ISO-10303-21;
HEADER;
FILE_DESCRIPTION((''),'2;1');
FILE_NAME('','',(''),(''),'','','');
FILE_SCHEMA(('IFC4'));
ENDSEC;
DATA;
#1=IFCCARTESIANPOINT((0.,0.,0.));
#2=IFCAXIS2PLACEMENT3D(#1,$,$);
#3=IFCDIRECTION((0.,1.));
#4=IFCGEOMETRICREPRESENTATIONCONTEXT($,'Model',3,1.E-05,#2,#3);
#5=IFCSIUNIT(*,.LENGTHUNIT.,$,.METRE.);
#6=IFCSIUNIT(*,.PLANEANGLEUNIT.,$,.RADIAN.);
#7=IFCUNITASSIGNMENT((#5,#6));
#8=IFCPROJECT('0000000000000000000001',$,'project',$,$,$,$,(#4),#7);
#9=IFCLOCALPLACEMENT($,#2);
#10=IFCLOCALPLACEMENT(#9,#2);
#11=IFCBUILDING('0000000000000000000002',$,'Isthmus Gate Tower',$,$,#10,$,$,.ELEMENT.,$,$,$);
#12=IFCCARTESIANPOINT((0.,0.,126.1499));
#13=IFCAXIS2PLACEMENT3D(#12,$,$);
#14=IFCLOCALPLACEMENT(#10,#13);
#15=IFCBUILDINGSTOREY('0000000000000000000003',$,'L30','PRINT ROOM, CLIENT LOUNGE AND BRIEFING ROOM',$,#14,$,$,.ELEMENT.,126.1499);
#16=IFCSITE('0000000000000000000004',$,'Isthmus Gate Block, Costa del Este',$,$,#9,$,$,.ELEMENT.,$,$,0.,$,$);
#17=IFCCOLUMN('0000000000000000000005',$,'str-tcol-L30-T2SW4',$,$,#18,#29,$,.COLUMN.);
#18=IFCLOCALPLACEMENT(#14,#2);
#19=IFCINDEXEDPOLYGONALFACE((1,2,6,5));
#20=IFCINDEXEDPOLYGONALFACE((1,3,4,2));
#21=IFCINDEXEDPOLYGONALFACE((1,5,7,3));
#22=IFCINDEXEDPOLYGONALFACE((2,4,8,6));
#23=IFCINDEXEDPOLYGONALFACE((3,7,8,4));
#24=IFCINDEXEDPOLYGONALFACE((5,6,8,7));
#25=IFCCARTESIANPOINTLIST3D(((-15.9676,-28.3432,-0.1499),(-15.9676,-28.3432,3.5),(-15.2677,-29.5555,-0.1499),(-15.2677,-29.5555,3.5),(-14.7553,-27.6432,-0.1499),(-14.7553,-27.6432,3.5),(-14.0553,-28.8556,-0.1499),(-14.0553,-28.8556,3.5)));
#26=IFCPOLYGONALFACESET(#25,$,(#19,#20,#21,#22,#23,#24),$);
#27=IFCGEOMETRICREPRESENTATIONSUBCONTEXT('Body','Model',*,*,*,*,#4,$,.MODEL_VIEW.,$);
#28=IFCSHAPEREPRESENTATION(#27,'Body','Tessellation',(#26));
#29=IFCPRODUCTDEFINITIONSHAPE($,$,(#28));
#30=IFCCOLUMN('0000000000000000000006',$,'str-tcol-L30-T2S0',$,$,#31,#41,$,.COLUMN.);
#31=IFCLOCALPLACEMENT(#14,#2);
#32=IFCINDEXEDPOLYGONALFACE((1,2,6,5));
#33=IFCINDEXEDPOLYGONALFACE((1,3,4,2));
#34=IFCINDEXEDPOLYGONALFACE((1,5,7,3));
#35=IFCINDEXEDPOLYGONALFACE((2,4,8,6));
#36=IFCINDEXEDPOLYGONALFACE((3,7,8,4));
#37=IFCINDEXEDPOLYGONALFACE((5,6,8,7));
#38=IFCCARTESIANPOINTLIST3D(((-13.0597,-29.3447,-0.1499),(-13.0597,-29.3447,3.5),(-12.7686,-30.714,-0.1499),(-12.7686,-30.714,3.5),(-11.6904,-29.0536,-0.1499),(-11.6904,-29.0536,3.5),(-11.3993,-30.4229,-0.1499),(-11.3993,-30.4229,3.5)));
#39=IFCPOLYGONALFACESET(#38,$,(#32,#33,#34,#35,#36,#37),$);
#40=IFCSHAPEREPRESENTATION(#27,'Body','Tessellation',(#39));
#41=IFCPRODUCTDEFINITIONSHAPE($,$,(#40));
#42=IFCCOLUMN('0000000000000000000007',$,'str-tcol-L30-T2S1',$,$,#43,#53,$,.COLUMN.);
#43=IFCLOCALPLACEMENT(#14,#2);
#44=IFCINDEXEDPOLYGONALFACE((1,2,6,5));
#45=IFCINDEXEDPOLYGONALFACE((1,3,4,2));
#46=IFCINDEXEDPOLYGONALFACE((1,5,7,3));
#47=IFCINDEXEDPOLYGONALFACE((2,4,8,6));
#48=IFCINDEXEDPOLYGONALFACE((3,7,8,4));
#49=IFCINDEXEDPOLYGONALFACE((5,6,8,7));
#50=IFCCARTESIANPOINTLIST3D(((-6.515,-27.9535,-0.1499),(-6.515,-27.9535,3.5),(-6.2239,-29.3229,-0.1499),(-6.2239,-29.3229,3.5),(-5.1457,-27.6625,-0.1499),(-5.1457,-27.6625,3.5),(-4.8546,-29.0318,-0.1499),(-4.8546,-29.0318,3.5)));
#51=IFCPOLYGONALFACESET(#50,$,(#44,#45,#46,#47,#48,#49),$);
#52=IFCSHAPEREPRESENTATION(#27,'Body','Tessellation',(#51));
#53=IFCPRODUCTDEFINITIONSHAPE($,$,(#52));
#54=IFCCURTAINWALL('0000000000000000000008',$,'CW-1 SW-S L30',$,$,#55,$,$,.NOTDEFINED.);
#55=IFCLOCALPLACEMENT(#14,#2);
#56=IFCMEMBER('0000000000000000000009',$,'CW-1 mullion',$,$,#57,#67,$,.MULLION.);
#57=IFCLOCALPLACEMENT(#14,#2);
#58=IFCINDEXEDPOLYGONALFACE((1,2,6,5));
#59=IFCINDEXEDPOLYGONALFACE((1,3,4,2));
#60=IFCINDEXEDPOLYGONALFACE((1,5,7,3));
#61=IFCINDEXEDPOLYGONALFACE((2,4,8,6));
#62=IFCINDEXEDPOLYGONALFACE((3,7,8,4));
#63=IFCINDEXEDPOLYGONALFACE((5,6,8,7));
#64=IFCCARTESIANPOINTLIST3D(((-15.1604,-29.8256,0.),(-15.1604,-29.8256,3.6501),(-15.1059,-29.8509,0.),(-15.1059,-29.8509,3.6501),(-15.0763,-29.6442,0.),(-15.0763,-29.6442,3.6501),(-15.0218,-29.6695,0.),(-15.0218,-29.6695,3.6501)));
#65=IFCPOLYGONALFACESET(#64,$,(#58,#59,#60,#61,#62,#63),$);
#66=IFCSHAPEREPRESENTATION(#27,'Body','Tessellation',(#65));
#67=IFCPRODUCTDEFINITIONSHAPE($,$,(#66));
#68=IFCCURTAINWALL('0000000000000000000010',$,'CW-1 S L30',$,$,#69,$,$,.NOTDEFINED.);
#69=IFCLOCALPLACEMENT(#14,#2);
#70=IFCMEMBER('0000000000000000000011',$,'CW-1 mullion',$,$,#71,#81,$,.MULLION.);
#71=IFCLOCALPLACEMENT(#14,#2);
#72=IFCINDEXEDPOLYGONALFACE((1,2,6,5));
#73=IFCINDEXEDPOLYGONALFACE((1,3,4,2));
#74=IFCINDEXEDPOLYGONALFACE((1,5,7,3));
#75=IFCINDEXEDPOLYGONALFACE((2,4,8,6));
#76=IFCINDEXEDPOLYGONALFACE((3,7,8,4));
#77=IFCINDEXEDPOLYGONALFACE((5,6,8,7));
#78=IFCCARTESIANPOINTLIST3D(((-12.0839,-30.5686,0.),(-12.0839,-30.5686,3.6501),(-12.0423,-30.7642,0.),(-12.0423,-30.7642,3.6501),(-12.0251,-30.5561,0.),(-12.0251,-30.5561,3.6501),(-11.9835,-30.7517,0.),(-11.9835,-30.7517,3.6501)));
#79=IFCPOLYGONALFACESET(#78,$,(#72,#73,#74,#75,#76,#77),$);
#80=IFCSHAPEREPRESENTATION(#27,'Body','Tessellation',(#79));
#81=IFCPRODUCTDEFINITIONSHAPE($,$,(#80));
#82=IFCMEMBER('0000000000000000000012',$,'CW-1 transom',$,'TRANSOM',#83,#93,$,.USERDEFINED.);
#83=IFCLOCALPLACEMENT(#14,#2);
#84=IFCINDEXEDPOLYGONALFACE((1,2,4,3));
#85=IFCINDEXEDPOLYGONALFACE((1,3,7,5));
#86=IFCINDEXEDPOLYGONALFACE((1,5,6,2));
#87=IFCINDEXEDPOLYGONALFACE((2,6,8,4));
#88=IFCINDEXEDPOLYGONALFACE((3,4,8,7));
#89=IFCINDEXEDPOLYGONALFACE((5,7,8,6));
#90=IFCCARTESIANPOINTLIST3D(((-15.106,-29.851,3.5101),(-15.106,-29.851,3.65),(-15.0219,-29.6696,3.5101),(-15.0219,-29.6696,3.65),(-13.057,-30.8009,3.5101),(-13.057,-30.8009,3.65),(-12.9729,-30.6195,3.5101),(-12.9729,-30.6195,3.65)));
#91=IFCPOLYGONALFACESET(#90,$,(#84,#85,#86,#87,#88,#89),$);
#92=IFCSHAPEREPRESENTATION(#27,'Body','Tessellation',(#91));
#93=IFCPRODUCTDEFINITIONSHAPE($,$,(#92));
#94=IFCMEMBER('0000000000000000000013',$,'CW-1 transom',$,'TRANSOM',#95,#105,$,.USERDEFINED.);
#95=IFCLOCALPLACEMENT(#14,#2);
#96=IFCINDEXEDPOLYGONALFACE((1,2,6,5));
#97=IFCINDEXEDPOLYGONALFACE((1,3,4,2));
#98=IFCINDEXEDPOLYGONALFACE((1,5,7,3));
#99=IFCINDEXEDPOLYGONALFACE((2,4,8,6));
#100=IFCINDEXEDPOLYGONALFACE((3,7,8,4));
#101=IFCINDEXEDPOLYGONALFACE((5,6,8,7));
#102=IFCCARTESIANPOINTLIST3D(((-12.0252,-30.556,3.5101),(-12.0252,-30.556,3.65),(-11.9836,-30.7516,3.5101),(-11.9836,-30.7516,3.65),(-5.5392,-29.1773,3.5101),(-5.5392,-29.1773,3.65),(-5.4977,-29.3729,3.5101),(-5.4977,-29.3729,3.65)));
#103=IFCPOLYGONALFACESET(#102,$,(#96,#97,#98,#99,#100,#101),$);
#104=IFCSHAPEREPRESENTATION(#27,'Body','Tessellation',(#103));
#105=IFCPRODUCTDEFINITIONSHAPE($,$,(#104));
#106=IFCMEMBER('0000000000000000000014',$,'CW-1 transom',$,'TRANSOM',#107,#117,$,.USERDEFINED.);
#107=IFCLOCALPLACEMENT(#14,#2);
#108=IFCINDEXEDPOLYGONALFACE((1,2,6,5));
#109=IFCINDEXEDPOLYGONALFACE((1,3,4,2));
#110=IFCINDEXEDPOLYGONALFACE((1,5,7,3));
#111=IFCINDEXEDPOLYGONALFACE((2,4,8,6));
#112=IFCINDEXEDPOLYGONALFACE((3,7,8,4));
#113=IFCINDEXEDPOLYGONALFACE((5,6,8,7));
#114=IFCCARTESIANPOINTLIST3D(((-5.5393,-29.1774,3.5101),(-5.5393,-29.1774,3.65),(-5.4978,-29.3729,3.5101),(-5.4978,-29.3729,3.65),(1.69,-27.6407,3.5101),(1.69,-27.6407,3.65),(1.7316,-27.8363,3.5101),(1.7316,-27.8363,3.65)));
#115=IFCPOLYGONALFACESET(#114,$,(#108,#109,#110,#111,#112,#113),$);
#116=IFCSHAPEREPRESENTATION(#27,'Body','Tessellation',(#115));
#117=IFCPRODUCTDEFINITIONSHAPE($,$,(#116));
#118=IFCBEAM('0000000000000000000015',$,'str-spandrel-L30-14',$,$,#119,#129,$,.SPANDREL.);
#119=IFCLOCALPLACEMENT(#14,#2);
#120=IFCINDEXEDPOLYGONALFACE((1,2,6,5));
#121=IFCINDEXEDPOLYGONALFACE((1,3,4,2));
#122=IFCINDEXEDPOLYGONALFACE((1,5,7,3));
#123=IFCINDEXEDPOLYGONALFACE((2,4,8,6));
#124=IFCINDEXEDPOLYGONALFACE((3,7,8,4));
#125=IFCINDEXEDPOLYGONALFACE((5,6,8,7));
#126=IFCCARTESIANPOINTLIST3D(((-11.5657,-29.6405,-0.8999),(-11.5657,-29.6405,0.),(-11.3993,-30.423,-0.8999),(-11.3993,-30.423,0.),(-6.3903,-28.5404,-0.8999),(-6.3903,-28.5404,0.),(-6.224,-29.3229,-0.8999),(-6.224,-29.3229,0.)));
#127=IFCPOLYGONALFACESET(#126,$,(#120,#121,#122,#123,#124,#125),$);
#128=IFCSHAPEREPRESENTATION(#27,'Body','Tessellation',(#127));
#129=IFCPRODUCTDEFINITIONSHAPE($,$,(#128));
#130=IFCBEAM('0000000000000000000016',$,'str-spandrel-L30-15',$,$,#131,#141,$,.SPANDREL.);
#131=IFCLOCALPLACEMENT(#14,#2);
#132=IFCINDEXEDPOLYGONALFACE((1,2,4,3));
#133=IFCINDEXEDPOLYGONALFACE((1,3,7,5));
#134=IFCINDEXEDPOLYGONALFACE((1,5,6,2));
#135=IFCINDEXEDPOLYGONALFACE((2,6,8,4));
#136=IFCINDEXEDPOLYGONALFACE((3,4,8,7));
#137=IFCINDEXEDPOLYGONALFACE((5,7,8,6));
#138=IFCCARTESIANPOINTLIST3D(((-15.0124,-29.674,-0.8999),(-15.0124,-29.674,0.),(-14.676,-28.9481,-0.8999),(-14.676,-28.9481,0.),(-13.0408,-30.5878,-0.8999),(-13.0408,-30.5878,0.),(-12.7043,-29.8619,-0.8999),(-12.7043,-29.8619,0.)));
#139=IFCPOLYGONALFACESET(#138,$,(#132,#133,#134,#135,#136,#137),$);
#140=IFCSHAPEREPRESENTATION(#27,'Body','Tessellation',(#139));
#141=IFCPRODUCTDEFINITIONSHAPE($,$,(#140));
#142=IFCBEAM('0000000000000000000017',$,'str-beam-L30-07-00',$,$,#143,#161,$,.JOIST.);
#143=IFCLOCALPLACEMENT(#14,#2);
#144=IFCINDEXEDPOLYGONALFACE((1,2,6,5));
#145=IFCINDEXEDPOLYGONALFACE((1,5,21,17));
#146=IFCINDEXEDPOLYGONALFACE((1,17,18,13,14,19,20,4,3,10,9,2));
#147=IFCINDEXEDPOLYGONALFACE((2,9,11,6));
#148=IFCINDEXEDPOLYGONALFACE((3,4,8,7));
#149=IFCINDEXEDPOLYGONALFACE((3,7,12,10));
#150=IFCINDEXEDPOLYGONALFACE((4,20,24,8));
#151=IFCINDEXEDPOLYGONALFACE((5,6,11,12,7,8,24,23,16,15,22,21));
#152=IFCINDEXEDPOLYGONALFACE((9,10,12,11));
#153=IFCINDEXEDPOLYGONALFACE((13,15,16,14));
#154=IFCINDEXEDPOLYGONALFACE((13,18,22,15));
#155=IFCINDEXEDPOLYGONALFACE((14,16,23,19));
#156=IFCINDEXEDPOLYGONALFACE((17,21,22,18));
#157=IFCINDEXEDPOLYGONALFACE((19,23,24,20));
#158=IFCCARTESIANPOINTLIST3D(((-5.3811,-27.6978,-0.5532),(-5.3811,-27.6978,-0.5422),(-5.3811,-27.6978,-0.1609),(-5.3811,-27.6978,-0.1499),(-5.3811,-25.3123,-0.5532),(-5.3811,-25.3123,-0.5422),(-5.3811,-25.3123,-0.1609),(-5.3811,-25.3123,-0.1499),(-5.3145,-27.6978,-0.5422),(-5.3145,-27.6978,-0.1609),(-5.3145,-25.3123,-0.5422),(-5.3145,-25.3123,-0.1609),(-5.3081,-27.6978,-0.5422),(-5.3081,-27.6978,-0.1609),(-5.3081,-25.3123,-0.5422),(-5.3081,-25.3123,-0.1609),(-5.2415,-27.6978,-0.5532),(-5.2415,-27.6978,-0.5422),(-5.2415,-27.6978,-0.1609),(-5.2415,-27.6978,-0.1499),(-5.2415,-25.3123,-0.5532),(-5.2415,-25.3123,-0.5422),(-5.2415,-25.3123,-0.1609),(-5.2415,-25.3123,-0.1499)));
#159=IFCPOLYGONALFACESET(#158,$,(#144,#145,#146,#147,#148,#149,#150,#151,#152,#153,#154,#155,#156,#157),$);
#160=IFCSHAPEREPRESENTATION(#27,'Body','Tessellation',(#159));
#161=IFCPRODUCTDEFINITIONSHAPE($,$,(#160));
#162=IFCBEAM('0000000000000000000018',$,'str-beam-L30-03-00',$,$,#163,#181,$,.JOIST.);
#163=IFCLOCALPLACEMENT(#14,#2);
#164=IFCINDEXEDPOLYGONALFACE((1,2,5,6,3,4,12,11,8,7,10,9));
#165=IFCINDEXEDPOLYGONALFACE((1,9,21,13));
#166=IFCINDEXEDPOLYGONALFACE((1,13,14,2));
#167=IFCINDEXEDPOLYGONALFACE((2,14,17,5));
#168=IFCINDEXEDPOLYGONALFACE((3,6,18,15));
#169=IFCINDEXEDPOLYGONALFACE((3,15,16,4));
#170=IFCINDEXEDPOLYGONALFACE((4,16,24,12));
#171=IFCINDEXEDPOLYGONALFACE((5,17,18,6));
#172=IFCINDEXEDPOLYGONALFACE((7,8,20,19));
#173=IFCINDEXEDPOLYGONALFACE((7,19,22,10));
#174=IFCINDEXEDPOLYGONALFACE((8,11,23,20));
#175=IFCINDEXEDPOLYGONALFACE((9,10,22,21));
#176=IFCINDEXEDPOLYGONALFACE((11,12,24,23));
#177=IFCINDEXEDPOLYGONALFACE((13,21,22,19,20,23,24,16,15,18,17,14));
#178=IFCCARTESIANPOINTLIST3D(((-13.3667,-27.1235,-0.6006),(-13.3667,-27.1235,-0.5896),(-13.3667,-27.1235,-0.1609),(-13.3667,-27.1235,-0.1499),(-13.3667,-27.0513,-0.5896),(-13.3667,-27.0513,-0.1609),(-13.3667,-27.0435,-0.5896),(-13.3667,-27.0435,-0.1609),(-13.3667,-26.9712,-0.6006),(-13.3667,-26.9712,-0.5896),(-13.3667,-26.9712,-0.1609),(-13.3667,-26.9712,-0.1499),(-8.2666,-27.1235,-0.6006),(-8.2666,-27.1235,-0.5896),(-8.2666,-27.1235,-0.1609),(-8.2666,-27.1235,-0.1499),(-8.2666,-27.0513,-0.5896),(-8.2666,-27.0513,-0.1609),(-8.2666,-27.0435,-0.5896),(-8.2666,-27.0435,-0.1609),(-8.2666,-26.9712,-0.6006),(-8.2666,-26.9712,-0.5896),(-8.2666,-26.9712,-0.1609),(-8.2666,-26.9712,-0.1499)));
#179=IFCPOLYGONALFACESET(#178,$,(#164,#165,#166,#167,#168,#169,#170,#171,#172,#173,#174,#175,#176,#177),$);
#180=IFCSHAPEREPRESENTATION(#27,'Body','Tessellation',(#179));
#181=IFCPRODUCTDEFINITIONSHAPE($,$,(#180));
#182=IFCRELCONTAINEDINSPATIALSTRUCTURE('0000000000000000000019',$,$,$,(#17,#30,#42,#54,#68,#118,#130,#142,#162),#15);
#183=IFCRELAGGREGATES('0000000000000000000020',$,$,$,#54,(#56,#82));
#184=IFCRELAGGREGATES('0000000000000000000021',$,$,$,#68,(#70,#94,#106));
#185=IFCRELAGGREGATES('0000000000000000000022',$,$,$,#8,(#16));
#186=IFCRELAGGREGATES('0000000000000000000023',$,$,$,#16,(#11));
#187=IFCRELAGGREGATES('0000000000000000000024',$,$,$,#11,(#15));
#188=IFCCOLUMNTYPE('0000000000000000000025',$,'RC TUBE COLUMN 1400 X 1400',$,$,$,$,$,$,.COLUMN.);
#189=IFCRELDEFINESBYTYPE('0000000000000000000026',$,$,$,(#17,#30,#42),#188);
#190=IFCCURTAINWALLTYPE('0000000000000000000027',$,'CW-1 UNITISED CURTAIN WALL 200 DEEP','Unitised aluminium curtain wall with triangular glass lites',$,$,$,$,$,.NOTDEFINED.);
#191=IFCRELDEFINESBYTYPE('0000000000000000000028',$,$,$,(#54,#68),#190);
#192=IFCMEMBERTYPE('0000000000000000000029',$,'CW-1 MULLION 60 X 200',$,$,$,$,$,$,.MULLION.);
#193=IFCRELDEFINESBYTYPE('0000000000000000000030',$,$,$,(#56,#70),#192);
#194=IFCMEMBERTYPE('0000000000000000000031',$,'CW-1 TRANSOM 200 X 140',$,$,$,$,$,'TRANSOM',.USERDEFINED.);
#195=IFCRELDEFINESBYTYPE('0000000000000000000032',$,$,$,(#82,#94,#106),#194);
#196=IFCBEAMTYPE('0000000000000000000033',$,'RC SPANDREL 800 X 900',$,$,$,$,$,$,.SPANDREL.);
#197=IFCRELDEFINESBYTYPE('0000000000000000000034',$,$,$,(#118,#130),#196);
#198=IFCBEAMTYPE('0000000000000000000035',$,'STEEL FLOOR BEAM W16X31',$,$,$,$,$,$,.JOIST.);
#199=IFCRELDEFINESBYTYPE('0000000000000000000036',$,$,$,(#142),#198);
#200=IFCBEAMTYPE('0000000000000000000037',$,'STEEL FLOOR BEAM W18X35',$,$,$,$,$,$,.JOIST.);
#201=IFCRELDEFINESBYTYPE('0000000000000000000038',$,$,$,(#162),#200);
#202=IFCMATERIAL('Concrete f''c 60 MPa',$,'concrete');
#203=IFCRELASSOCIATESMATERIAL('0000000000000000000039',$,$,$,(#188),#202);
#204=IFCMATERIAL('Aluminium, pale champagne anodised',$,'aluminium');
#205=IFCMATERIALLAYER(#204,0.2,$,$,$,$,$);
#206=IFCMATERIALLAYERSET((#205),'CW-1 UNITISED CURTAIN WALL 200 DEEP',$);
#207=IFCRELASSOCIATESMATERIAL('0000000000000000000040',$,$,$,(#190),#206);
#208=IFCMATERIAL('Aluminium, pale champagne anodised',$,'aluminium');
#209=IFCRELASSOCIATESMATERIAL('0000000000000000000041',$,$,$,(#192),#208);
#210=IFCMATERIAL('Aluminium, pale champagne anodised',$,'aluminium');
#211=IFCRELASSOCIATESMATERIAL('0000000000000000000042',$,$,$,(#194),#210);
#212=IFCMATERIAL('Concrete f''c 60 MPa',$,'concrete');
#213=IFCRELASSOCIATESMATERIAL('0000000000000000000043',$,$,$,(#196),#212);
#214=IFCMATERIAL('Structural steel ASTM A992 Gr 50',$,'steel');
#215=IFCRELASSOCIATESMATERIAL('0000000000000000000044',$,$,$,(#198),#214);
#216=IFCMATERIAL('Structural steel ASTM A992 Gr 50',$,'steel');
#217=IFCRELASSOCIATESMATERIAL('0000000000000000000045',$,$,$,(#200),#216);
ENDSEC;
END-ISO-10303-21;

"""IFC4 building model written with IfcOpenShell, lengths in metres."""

from ifc_helpers import new_model, si_unit, direction, frame, origin, origin_2d, place, context, subcontext, project, spatial, rectangle, i_section, extrude, material, layer, layer_set, material_profile, profile_set, type_object, element, aggregate, save


model = new_model("IFC4")

# Units and contexts
model_context = context("Model", 3, precision=1e-05, world=origin(), true_north=direction((0.0, 1.0)))
body_context = subcontext(model_context, "Body", "Model", "MODEL_VIEW")
ifc_project = project(units=[si_unit("LENGTHUNIT", "METRE"), si_unit("PLANEANGLEUNIT", "RADIAN")], contexts=[model_context])

# Site, building, storey
site_placement = place(None, origin())
site = spatial("IfcSite", under=ifc_project, at=site_placement, Name="Isthmus Gate Block, Costa del Este", CompositionType="ELEMENT", RefElevation=0.0)
building_placement = place(site_placement, origin())
building = spatial("IfcBuilding", under=site, at=building_placement, Name="Isthmus Gate Tower", CompositionType="ELEMENT")
storey_placement = place(building_placement, frame((0.0, 0.0, 126.1499)))
storey = spatial("IfcBuildingStorey", under=building, at=storey_placement, Name="L30", Description="PRINT ROOM, CLIENT LOUNGE AND BRIEFING ROOM", CompositionType="ELEMENT", Elevation=126.1499)

# Columns
ifc_material_1 = material(Name="Concrete f'c 60 MPa", Category="concrete")
ifc_material_profile_1 = material_profile(ifc_material_1, rectangle(XDim=1.3999, YDim=1.3999, at=origin_2d()), Name="RC 1400X1400")
ifc_profile_set_1 = profile_set([ifc_material_profile_1], Name="Concrete f'c 60 MPa")
column_type = type_object("IfcColumnType", Name="RC TUBE COLUMN 1400 X 1400", PredefinedType="COLUMN", material=ifc_profile_set_1)
for number, where, z_axis, x_axis, name in (
    (1, (-15.0115, -28.5994, -0.1499), (0.0, 0.0, 1.0), (0.5, -0.866025, 0.0), "str-tcol-L30-T2SW4"),
    (2, (-12.2295, -29.8838, -0.1499), (0.0, 0.0, 1.0), (0.978148, 0.207912, 0.0), "str-tcol-L30-T2S0"),
    (3, (-5.6848, -28.4927, -0.1499), (0.0, 0.0, 1.0), (0.978148, 0.207912, 0.0), "str-tcol-L30-T2S1"),
):
    element("IfcColumn", number, at=place(storey_placement, frame(where, z_axis=z_axis, x_axis=x_axis)), inside=storey, type_object=column_type, Name=name, PredefinedType="COLUMN", context=body_context, shape_type="SweptSolid", body=[
        extrude(rectangle(XDim=1.3999, YDim=1.3999, at=origin_2d()), origin(), (0.0, 0.0, 1.0), 3.6499),
    ])

# Curtain walls, members
ifc_material_2 = material(Name="Aluminium, pale champagne anodised", Category="aluminium")
ifc_layer_1 = layer(ifc_material_2, 0.2)
ifc_layer_set_1 = layer_set([ifc_layer_1], Name="CW-1 UNITISED CURTAIN WALL 200 DEEP")
curtain_wall_type = type_object("IfcCurtainWallType", Name="CW-1 UNITISED CURTAIN WALL 200 DEEP", Description="Unitised aluminium curtain wall with triangular glass lites", PredefinedType="NOTDEFINED", material=ifc_layer_set_1)
curtain_wall_1_placement = place(storey_placement, origin())
curtain_wall_1 = element("IfcCurtainWall", 4, at=curtain_wall_1_placement, inside=storey, type_object=curtain_wall_type, Name="CW-1 SW-S L30", PredefinedType="NOTDEFINED")
ifc_material_3 = material(Name="Aluminium, pale champagne anodised", Category="aluminium")
ifc_material_profile_2 = material_profile(ifc_material_3, rectangle(XDim=0.0601, YDim=0.2, at=origin_2d()), Name="60x200")
ifc_profile_set_2 = profile_set([ifc_material_profile_2], Name="Aluminium, pale champagne anodised")
member_type_1 = type_object("IfcMemberType", Name="CW-1 MULLION 60 X 200", PredefinedType="MULLION", material=ifc_profile_set_2)
member_1_placement = place(storey_placement, frame((-15.0911, -29.7476, 0.0), z_axis=(0.0, 0.0, 1.0), x_axis=(0.907256, -0.420578, 0.0)))
member_1 = element("IfcMember", 5, at=member_1_placement, type_object=member_type_1, Name="CW-1 mullion", PredefinedType="MULLION", context=body_context, shape_type="SweptSolid", body=[
    extrude(rectangle(XDim=0.0601, YDim=0.2, at=origin_2d()), origin(), (0.0, 0.0, 1.0), 3.6501),
])
curtain_wall_2_placement = place(storey_placement, origin())
curtain_wall_2 = element("IfcCurtainWall", 6, at=curtain_wall_2_placement, inside=storey, type_object=curtain_wall_type, Name="CW-1 S L30", PredefinedType="NOTDEFINED")
member_2_placement = place(storey_placement, frame((-12.0337, -30.6602, 0.0), z_axis=(0.0, 0.0, 1.0), x_axis=(0.978148, 0.207912, 0.0)))
member_2 = element("IfcMember", 7, at=member_2_placement, type_object=member_type_1, Name="CW-1 mullion", PredefinedType="MULLION", context=body_context, shape_type="SweptSolid", body=[
    extrude(rectangle(XDim=0.0601, YDim=0.2, at=origin_2d()), origin(), (0.0, 0.0, 1.0), 3.6501),
])

# Members
ifc_material_4 = material(Name="Aluminium, pale champagne anodised", Category="aluminium")
ifc_material_profile_3 = material_profile(ifc_material_4, rectangle(XDim=0.2, YDim=0.1399, at=origin_2d()), Name="200x140")
ifc_profile_set_3 = profile_set([ifc_material_profile_3], Name="Aluminium, pale champagne anodised")
member_type_2 = type_object("IfcMemberType", Name="CW-1 TRANSOM 200 X 140", ElementType="TRANSOM", PredefinedType="USERDEFINED", material=ifc_profile_set_3)
member_3_placement = place(storey_placement, frame((-15.064, -29.7603, 3.5801), z_axis=(0.907246, -0.4206, 0.0), x_axis=(0.4206, 0.907246, 0.0)))
member_3 = element("IfcMember", 8, at=member_3_placement, type_object=member_type_2, Name="CW-1 transom", ObjectType="TRANSOM", PredefinedType="USERDEFINED", context=body_context, shape_type="SweptSolid", body=[
    extrude(rectangle(XDim=0.2, YDim=0.1399, at=origin_2d()), origin(), (0.0, 0.0, 1.0), 2.2585),
])
member_4_placement = place(storey_placement, frame((-12.0044, -30.6538, 3.5801), z_axis=(0.978146, 0.20792, 0.0), x_axis=(-0.20792, 0.978146, 0.0)))
member_4 = element("IfcMember", 9, at=member_4_placement, type_object=member_type_2, Name="CW-1 transom", ObjectType="TRANSOM", PredefinedType="USERDEFINED", context=body_context, shape_type="SweptSolid", body=[
    extrude(rectangle(XDim=0.2, YDim=0.1399, at=origin_2d()), origin(), (0.0, 0.0, 1.0), 6.6309),
])
member_5_placement = place(storey_placement, frame((-5.5186, -29.2751, 3.5801), z_axis=(0.978148, 0.207911, 0.0), x_axis=(-0.207911, 0.978148, 0.0)))
member_5 = element("IfcMember", 10, at=member_5_placement, type_object=member_type_2, Name="CW-1 transom", ObjectType="TRANSOM", PredefinedType="USERDEFINED", context=body_context, shape_type="SweptSolid", body=[
    extrude(rectangle(XDim=0.2, YDim=0.1399, at=origin_2d()), origin(), (0.0, 0.0, 1.0), 7.3909),
])

# Beams
ifc_material_5 = material(Name="Concrete f'c 60 MPa", Category="concrete")
ifc_material_profile_4 = material_profile(ifc_material_5, rectangle(XDim=0.8, YDim=0.8999, at=origin_2d()), Name="RC 800X900")
ifc_profile_set_4 = profile_set([ifc_material_profile_4], Name="Concrete f'c 60 MPa")
beam_type_1 = type_object("IfcBeamType", Name="RC SPANDREL 800 X 900", PredefinedType="SPANDREL", material=ifc_profile_set_4)
beam_1_placement = place(storey_placement, frame((-6.3071, -28.9316, -0.45), z_axis=(-0.978145, -0.207922, 0.0), x_axis=(0.207922, -0.978145, 0.0)))
element("IfcBeam", 11, at=beam_1_placement, inside=storey, type_object=beam_type_1, Name="str-spandrel-L30-14", PredefinedType="SPANDREL", context=body_context, shape_type="SweptSolid", body=[
    extrude(rectangle(XDim=0.8, YDim=0.8999, at=origin_2d()), origin(), (0.0, 0.0, 1.0), 5.291),
])
beam_2_placement = place(storey_placement, frame((-12.8726, -30.2249, -0.45), z_axis=(-0.907291, 0.420504, 0.0), x_axis=(-0.420504, -0.907291, 0.0)))
element("IfcBeam", 12, at=beam_2_placement, inside=storey, type_object=beam_type_1, Name="str-spandrel-L30-15", PredefinedType="SPANDREL", context=body_context, shape_type="SweptSolid", body=[
    extrude(rectangle(XDim=0.8, YDim=0.8999, at=origin_2d()), origin(), (0.0, 0.0, 1.0), 2.1731),
])
ifc_material_6 = material(Name="Structural steel ASTM A992 Gr 50", Category="steel")
ifc_material_profile_5 = material_profile(ifc_material_6, i_section(OverallWidth=0.1396, OverallDepth=0.4033, WebThickness=0.0063, FlangeThickness=0.011, at=origin_2d()), Name="W16X31")
ifc_profile_set_5 = profile_set([ifc_material_profile_5], Name="Structural steel ASTM A992 Gr 50")
beam_type_2 = type_object("IfcBeamType", Name="STEEL FLOOR BEAM W16X31", PredefinedType="JOIST", material=ifc_profile_set_5)
beam_3_placement = place(storey_placement, frame((-5.3113, -27.6978, -0.3516), z_axis=(0.0, 1.0, 0.0), x_axis=(-1.0, 0.0, 0.0)))
element("IfcBeam", 13, at=beam_3_placement, inside=storey, type_object=beam_type_2, Name="str-beam-L30-07-00", PredefinedType="JOIST", context=body_context, shape_type="SweptSolid", body=[
    extrude(i_section(OverallWidth=0.1396, OverallDepth=0.4033, WebThickness=0.0063, FlangeThickness=0.011, at=origin_2d()), origin(), (0.0, 0.0, 1.0), 2.3855),
])
ifc_material_7 = material(Name="Structural steel ASTM A992 Gr 50", Category="steel")
ifc_material_profile_6 = material_profile(ifc_material_7, i_section(OverallWidth=0.1523, OverallDepth=0.4507, WebThickness=0.0078, FlangeThickness=0.011, at=origin_2d()), Name="W18X35")
ifc_profile_set_6 = profile_set([ifc_material_profile_6], Name="Structural steel ASTM A992 Gr 50")
beam_type_3 = type_object("IfcBeamType", Name="STEEL FLOOR BEAM W18X35", PredefinedType="JOIST", material=ifc_profile_set_6)
for number, where, z_axis, x_axis, name in (
    (14, (-13.3667, -27.0474, -0.3752), (1.0, 0.0, 0.0), (0.0, 1.0, 0.0), "str-beam-L30-03-00"),
):
    element("IfcBeam", number, at=place(storey_placement, frame(where, z_axis=z_axis, x_axis=x_axis)), inside=storey, type_object=beam_type_3, Name=name, PredefinedType="JOIST", context=body_context, shape_type="SweptSolid", body=[
        extrude(i_section(OverallWidth=0.1523, OverallDepth=0.4507, WebThickness=0.0078, FlangeThickness=0.011, at=origin_2d()), origin(), (0.0, 0.0, 1.0), 5.1001),
    ])

aggregate(curtain_wall_1, [member_1, member_3])

aggregate(curtain_wall_2, [member_2, member_4, member_5])

save(model, "model.ifc")
